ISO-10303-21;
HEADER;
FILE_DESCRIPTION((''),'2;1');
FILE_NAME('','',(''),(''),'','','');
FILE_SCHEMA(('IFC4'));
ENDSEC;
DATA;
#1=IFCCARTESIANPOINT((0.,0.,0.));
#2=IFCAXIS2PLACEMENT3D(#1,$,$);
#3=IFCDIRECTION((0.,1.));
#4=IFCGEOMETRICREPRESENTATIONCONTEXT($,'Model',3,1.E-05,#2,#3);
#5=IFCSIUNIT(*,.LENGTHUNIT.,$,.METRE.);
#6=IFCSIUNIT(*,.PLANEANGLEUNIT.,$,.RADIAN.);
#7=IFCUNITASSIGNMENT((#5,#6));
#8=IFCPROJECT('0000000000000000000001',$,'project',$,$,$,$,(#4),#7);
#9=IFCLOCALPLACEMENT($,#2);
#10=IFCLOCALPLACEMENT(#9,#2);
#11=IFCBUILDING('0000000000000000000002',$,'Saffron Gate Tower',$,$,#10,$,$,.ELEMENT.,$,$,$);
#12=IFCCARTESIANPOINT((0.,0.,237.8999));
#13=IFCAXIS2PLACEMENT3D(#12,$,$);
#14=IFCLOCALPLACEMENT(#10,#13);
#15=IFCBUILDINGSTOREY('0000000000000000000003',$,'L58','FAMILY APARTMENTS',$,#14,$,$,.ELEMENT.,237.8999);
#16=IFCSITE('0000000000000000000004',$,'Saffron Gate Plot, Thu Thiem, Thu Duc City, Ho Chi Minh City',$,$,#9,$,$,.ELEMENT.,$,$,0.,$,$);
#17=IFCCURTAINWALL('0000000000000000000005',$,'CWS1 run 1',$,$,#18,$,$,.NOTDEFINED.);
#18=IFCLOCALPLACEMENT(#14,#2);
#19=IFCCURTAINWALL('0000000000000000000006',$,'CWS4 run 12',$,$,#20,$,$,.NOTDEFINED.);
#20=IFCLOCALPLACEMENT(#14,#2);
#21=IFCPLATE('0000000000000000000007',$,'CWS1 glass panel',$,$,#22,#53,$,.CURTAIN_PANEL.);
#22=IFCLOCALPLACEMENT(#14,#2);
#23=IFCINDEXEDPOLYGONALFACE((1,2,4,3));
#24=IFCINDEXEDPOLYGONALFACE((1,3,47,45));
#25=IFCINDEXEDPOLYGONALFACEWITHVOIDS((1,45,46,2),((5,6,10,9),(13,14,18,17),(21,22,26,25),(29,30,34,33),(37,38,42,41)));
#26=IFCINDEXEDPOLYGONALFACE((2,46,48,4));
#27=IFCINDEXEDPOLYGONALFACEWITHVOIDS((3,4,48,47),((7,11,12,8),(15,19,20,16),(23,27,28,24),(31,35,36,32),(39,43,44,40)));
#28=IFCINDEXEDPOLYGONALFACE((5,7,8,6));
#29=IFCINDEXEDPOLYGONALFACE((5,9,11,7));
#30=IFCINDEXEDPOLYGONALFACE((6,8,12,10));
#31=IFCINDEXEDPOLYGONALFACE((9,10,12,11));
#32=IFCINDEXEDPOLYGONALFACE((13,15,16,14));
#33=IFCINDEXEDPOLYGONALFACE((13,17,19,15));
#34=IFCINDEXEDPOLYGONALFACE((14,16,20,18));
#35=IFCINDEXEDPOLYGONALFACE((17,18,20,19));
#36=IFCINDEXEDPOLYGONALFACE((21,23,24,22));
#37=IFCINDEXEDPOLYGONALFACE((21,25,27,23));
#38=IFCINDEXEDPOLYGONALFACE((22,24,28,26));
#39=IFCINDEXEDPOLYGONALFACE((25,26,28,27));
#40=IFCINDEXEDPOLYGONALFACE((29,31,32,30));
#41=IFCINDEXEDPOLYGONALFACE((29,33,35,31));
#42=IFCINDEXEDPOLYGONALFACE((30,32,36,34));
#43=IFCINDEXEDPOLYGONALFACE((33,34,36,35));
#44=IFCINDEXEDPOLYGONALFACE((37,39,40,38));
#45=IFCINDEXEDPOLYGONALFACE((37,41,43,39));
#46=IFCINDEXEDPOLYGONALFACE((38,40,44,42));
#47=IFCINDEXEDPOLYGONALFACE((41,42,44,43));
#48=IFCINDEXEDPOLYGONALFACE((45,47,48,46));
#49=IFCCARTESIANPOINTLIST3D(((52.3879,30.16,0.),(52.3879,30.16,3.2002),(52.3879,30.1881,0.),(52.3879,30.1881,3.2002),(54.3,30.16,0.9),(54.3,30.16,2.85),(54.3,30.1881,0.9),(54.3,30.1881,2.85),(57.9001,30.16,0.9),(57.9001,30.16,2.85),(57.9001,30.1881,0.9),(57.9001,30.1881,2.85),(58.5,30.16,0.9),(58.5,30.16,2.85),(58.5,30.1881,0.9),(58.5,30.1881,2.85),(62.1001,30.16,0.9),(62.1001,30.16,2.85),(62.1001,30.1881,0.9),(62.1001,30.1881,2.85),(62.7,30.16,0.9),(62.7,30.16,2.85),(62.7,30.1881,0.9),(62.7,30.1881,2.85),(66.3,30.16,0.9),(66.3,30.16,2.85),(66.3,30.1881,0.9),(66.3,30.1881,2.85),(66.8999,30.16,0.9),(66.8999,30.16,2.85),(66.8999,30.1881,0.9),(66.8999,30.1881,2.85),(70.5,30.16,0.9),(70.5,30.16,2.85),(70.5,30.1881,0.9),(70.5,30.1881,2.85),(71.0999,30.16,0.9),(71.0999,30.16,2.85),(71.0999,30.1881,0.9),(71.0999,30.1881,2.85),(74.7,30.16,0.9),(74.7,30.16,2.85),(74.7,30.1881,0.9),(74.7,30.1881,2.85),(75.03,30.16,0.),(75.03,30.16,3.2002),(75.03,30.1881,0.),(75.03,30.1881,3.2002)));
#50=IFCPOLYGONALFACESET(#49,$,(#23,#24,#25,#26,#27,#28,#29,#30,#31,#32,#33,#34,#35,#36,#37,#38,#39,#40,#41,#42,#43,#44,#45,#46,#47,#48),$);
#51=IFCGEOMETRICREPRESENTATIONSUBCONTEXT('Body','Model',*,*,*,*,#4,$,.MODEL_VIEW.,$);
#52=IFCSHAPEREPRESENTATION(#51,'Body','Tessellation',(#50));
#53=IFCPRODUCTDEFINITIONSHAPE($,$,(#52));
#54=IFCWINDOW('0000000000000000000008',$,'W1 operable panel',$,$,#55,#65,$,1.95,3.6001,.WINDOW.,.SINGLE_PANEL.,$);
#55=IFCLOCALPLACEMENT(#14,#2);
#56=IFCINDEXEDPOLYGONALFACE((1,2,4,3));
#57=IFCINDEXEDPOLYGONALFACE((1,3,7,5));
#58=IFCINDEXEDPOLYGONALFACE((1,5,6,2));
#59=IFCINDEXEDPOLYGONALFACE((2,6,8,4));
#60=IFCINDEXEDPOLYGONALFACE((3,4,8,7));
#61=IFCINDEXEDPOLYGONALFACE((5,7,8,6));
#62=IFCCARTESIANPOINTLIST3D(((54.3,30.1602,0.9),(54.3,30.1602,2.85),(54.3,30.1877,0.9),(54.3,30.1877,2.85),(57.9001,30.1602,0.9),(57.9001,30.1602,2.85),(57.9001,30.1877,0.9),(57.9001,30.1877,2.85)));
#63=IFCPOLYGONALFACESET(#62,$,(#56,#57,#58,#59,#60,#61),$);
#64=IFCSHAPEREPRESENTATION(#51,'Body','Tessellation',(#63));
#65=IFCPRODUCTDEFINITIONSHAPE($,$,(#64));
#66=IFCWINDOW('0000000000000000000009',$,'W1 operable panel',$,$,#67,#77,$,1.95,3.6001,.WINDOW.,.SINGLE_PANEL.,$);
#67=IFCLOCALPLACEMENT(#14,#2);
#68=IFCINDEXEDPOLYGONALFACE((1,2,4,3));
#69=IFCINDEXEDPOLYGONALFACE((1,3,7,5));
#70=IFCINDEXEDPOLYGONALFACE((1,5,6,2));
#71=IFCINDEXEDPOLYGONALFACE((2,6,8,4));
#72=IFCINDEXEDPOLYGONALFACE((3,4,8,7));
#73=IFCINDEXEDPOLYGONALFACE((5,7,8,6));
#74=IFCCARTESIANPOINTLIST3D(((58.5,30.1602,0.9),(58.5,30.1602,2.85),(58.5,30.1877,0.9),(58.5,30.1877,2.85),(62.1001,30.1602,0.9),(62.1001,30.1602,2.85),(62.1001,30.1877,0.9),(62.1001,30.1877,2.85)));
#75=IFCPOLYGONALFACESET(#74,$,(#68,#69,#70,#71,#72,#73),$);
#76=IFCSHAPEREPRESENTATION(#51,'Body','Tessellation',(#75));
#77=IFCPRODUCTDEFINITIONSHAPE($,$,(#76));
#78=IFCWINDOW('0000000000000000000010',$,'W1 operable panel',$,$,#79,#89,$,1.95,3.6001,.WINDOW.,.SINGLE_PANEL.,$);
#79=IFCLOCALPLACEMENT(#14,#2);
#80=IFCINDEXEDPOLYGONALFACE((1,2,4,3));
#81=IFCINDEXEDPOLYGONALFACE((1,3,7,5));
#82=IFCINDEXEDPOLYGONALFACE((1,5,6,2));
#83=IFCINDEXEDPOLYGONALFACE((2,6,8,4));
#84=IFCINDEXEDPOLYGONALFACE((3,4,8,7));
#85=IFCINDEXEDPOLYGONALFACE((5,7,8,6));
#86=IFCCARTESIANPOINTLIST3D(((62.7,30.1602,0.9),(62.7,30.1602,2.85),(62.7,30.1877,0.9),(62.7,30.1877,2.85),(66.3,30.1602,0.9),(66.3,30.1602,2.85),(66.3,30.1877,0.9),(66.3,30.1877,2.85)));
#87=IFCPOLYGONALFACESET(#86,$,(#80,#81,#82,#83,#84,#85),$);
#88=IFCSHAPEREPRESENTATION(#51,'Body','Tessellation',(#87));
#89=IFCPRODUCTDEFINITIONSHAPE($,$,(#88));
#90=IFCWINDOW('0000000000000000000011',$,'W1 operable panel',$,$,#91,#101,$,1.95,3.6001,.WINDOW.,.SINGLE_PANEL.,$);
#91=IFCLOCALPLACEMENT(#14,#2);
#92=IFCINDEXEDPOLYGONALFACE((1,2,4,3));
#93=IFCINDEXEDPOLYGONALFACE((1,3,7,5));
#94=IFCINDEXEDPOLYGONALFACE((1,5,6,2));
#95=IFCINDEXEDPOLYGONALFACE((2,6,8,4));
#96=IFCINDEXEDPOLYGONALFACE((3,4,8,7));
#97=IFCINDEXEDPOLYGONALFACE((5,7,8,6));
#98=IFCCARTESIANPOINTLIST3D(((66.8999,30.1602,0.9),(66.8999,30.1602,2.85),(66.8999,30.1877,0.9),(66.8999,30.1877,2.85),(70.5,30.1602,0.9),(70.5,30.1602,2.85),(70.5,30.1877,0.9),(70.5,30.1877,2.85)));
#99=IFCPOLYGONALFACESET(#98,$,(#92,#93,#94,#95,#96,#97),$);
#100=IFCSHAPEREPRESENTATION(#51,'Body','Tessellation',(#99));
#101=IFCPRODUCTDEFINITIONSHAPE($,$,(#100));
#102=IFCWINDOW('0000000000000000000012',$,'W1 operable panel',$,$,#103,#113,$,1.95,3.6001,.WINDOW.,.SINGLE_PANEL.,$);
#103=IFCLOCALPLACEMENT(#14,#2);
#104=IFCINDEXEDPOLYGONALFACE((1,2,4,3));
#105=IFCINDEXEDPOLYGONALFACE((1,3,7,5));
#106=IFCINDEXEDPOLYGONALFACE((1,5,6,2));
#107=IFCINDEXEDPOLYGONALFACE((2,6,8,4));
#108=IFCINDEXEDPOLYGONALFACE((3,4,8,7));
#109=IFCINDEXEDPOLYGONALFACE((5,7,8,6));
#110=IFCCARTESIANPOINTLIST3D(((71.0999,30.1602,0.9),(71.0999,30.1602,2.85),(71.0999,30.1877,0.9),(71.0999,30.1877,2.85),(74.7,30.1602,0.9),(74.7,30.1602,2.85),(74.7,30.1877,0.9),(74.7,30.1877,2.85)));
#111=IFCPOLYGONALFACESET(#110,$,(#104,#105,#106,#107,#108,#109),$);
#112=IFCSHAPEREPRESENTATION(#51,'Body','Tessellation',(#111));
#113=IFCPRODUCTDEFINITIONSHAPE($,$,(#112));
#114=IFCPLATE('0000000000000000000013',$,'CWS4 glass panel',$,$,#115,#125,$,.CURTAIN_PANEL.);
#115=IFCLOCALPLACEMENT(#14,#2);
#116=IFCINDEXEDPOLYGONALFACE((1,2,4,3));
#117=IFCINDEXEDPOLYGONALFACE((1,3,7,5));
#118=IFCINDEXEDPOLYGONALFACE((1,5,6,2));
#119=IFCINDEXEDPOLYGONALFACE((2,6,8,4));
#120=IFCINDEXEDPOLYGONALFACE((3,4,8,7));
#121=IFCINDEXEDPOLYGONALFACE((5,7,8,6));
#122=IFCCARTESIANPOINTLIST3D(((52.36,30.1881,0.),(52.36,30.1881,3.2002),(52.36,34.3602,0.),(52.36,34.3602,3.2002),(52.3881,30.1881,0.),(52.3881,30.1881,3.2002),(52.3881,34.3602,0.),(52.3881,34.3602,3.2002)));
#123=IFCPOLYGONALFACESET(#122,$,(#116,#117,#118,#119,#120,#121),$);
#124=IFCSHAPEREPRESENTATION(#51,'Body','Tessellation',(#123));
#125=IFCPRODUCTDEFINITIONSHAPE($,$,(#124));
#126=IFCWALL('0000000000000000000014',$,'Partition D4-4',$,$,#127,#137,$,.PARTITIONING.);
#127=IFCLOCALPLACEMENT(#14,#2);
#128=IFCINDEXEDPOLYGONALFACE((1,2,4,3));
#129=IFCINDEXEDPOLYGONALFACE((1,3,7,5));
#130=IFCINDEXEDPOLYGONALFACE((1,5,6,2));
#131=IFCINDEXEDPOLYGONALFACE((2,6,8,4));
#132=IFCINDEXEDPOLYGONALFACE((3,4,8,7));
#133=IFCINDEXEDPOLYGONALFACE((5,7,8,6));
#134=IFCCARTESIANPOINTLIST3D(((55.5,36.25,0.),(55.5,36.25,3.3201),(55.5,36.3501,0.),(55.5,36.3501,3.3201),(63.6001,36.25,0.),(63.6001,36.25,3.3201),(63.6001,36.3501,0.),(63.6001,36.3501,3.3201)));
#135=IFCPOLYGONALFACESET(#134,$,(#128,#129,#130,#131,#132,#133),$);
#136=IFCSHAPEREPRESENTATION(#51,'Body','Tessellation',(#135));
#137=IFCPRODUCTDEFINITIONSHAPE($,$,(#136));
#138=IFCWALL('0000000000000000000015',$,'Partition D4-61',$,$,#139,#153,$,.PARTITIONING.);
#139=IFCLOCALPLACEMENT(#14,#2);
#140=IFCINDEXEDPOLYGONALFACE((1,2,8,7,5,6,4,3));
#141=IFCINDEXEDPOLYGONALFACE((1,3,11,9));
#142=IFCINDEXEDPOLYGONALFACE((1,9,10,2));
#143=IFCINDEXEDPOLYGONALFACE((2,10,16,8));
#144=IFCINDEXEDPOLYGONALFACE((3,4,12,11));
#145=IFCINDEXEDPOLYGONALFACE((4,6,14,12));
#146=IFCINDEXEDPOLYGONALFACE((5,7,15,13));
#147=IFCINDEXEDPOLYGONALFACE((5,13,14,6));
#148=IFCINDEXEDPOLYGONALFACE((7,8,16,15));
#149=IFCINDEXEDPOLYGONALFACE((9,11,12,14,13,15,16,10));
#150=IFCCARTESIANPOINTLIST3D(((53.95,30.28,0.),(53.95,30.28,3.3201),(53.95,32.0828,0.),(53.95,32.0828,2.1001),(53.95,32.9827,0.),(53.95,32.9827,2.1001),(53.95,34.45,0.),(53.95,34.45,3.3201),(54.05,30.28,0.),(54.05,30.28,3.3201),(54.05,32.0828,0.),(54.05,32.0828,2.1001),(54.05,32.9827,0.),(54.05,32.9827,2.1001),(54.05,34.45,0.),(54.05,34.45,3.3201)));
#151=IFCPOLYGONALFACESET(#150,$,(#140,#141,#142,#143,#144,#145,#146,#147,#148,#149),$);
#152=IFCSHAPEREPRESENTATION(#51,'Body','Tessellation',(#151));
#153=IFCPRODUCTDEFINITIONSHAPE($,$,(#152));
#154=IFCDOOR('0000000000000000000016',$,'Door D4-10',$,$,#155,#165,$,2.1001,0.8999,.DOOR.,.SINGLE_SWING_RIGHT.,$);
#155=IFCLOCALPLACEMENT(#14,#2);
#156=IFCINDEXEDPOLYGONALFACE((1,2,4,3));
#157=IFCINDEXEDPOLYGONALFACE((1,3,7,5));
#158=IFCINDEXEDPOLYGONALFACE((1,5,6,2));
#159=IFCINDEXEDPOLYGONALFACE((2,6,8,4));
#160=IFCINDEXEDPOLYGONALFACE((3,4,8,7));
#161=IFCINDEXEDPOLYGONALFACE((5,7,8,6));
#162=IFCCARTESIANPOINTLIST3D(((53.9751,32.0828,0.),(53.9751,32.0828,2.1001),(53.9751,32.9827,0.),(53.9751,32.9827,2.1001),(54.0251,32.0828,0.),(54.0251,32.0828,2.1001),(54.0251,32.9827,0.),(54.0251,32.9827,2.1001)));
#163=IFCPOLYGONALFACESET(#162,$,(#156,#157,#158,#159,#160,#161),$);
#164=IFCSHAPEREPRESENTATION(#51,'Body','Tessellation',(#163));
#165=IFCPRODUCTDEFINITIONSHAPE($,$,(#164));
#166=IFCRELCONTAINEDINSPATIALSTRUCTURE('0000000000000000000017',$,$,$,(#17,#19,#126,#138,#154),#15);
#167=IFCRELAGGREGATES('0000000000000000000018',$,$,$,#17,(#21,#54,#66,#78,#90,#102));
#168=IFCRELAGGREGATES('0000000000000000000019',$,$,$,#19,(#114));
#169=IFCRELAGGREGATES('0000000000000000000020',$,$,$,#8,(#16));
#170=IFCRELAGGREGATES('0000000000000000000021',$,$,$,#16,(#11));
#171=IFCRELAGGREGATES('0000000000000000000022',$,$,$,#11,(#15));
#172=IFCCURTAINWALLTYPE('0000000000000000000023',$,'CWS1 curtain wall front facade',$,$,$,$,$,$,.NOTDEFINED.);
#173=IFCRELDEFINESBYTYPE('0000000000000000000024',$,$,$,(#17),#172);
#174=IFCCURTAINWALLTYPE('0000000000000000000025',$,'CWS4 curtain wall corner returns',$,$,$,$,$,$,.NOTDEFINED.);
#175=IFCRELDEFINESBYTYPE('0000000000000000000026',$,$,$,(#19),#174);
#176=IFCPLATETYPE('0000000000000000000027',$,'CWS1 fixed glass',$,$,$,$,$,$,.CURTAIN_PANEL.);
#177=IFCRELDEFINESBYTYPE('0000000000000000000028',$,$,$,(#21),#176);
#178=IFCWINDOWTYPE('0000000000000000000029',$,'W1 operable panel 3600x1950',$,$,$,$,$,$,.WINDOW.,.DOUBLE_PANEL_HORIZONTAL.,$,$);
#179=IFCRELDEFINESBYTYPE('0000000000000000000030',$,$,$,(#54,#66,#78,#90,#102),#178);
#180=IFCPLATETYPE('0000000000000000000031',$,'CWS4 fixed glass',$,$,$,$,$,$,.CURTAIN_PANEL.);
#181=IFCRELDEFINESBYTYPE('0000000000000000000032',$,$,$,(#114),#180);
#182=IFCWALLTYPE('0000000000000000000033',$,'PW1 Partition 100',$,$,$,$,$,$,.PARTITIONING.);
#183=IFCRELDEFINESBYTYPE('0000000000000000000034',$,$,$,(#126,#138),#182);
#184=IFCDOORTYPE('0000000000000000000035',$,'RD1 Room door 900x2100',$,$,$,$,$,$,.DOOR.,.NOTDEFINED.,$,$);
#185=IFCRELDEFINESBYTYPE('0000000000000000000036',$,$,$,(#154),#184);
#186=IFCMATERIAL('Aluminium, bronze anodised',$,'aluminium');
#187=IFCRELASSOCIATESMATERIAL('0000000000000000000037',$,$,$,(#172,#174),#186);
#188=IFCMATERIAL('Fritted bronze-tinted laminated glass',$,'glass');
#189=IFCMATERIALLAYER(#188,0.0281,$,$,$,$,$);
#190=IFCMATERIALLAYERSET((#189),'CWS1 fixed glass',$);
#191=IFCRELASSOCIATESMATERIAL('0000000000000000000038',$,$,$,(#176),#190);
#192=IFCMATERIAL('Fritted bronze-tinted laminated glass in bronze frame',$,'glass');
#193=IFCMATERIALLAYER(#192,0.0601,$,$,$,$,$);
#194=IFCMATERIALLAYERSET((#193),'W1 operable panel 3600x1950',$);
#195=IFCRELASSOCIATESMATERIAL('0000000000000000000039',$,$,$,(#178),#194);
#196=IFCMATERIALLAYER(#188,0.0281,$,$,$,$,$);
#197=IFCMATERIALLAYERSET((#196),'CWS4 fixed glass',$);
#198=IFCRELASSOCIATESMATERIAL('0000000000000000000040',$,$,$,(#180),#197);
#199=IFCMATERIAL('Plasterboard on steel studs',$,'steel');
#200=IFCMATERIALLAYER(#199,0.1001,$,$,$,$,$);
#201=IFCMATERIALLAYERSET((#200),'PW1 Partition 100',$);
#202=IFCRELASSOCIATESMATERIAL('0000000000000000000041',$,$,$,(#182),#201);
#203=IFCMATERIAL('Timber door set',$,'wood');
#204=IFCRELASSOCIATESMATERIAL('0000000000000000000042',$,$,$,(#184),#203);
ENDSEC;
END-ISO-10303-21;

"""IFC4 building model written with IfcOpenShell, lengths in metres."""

from ifc_helpers import new_model, si_unit, direction, frame, frame_2d, origin, place, context, subcontext, project, spatial, rectangle, extrude, material, layer, layer_set, type_object, element, fill, aggregate, save


model = new_model("IFC4")

# Units and contexts
model_context = context("Model", 3, precision=1e-05, world=origin(), true_north=direction((0.0, 1.0)))
body_context = subcontext(model_context, "Body", "Model", "MODEL_VIEW")
ifc_project = project(units=[si_unit("LENGTHUNIT", "METRE"), si_unit("PLANEANGLEUNIT", "RADIAN")], contexts=[model_context])

# Site, building, storey
site_placement = place(None, origin())
site = spatial("IfcSite", under=ifc_project, at=site_placement, Name="Saffron Gate Plot, Thu Thiem, Thu Duc City, Ho Chi Minh City", CompositionType="ELEMENT", RefElevation=0.0)
building_placement = place(site_placement, origin())
building = spatial("IfcBuilding", under=site, at=building_placement, Name="Saffron Gate Tower", CompositionType="ELEMENT")
storey_placement = place(building_placement, frame((0.0, 0.0, 237.8999)))
storey = spatial("IfcBuildingStorey", under=building, at=storey_placement, Name="L58", Description="FAMILY APARTMENTS", CompositionType="ELEMENT", Elevation=237.8999)

# Curtain walls
ifc_material_1 = material(Name="Aluminium, bronze anodised", Category="aluminium")
curtain_wall_type_1 = type_object("IfcCurtainWallType", Name="CWS1 curtain wall front facade", PredefinedType="NOTDEFINED", material=ifc_material_1)
curtain_wall_1_placement = place(storey_placement, origin())
curtain_wall_1 = element("IfcCurtainWall", 1, at=curtain_wall_1_placement, inside=storey, type_object=curtain_wall_type_1, Name="CWS1 run 1", PredefinedType="NOTDEFINED")
curtain_wall_type_2 = type_object("IfcCurtainWallType", Name="CWS4 curtain wall corner returns", PredefinedType="NOTDEFINED", material=ifc_material_1)
curtain_wall_2_placement = place(storey_placement, origin())
curtain_wall_2 = element("IfcCurtainWall", 2, at=curtain_wall_2_placement, inside=storey, type_object=curtain_wall_type_2, Name="CWS4 run 12", PredefinedType="NOTDEFINED")

# Plate, openings, windows
ifc_material_2 = material(Name="Fritted bronze-tinted laminated glass", Category="glass")
ifc_layer_1 = layer(ifc_material_2, 0.0281)
ifc_layer_set_1 = layer_set([ifc_layer_1], Name="CWS1 fixed glass")
plate_type_1 = type_object("IfcPlateType", Name="CWS1 fixed glass", PredefinedType="CURTAIN_PANEL", material=ifc_layer_set_1)
plate_1_placement = place(storey_placement, frame((52.3879, 30.1741, 0.0), z_axis=(0.0, 0.0, 1.0), x_axis=(1.0, 0.0, 0.0)))
plate_1 = element("IfcPlate", 3, at=plate_1_placement, type_object=plate_type_1, Name="CWS1 glass panel", PredefinedType="CURTAIN_PANEL", context=body_context, shape_type="SweptSolid", body=[
    extrude(rectangle(XDim=22.6421, YDim=0.0281, at=frame_2d((11.321, 0.0))), origin(), (0.0, 0.0, 1.0), 3.2002),
])
opening_1_placement = place(plate_1_placement, frame((1.9121, 0.0, 0.8999)))
opening_1 = element("IfcOpeningElement", 4, at=opening_1_placement, cuts=plate_1, PredefinedType="OPENING", context=body_context, shape_type="SweptSolid", body=[
    extrude(rectangle(XDim=3.6001, YDim=1.95, at=frame_2d((1.8, 0.9751))), frame((0.0, 0.0239, 0.0), z_axis=(0.0, -1.0, 0.0), x_axis=(1.0, 0.0, 0.0)), (0.0, 0.0, 1.0), 0.0481),
])
opening_2_placement = place(plate_1_placement, frame((6.1121, 0.0, 0.8999)))
opening_2 = element("IfcOpeningElement", 5, at=opening_2_placement, cuts=plate_1, PredefinedType="OPENING", context=body_context, shape_type="SweptSolid", body=[
    extrude(rectangle(XDim=3.6001, YDim=1.95, at=frame_2d((1.8, 0.9751))), frame((0.0, 0.0239, 0.0), z_axis=(0.0, -1.0, 0.0), x_axis=(1.0, 0.0, 0.0)), (0.0, 0.0, 1.0), 0.0481),
])
opening_3_placement = place(plate_1_placement, frame((10.312, 0.0, 0.8999)))
opening_3 = element("IfcOpeningElement", 6, at=opening_3_placement, cuts=plate_1, PredefinedType="OPENING", context=body_context, shape_type="SweptSolid", body=[
    extrude(rectangle(XDim=3.6001, YDim=1.95, at=frame_2d((1.8, 0.9751))), frame((0.0, 0.0239, 0.0), z_axis=(0.0, -1.0, 0.0), x_axis=(1.0, 0.0, 0.0)), (0.0, 0.0, 1.0), 0.0481),
])
opening_4_placement = place(plate_1_placement, frame((14.512, 0.0, 0.8999)))
opening_4 = element("IfcOpeningElement", 7, at=opening_4_placement, cuts=plate_1, PredefinedType="OPENING", context=body_context, shape_type="SweptSolid", body=[
    extrude(rectangle(XDim=3.6001, YDim=1.95, at=frame_2d((1.8, 0.9751))), frame((0.0, 0.0239, 0.0), z_axis=(0.0, -1.0, 0.0), x_axis=(1.0, 0.0, 0.0)), (0.0, 0.0, 1.0), 0.0481),
])
opening_5_placement = place(plate_1_placement, frame((18.7119, 0.0, 0.8999)))
opening_5 = element("IfcOpeningElement", 8, at=opening_5_placement, cuts=plate_1, PredefinedType="OPENING", context=body_context, shape_type="SweptSolid", body=[
    extrude(rectangle(XDim=3.6001, YDim=1.95, at=frame_2d((1.8, 0.9751))), frame((0.0, 0.0239, 0.0), z_axis=(0.0, -1.0, 0.0), x_axis=(1.0, 0.0, 0.0)), (0.0, 0.0, 1.0), 0.0481),
])
ifc_material_3 = material(Name="Fritted bronze-tinted laminated glass in bronze frame", Category="glass")
ifc_layer_2 = layer(ifc_material_3, 0.0601)
ifc_layer_set_2 = layer_set([ifc_layer_2], Name="W1 operable panel 3600x1950")
window_type = type_object("IfcWindowType", Name="W1 operable panel 3600x1950", PartitioningType="DOUBLE_PANEL_HORIZONTAL", PredefinedType="WINDOW", material=ifc_layer_set_2)
window_1_placement = place(opening_1_placement, origin())
window_1 = element("IfcWindow", 9, at=window_1_placement, type_object=window_type, Name="W1 operable panel", OverallHeight=1.95, OverallWidth=3.6001, PartitioningType="SINGLE_PANEL", PredefinedType="WINDOW", context=body_context, shape_type="SweptSolid", body=[
    extrude(rectangle(XDim=3.6001, YDim=1.95, at=frame_2d((1.8, 0.9751))), frame((0.0, 0.0137, 0.0), z_axis=(0.0, -1.0, 0.0), x_axis=(1.0, 0.0, 0.0)), (0.0, 0.0, 1.0), 0.0276),
])
fill(opening_1, window_1)
window_2_placement = place(opening_2_placement, origin())
window_2 = element("IfcWindow", 10, at=window_2_placement, type_object=window_type, Name="W1 operable panel", OverallHeight=1.95, OverallWidth=3.6001, PartitioningType="SINGLE_PANEL", PredefinedType="WINDOW", context=body_context, shape_type="SweptSolid", body=[
    extrude(rectangle(XDim=3.6001, YDim=1.95, at=frame_2d((1.8, 0.9751))), frame((0.0, 0.0137, 0.0), z_axis=(0.0, -1.0, 0.0), x_axis=(1.0, 0.0, 0.0)), (0.0, 0.0, 1.0), 0.0276),
])
fill(opening_2, window_2)
window_3_placement = place(opening_3_placement, origin())
window_3 = element("IfcWindow", 11, at=window_3_placement, type_object=window_type, Name="W1 operable panel", OverallHeight=1.95, OverallWidth=3.6001, PartitioningType="SINGLE_PANEL", PredefinedType="WINDOW", context=body_context, shape_type="SweptSolid", body=[
    extrude(rectangle(XDim=3.6001, YDim=1.95, at=frame_2d((1.8, 0.9751))), frame((0.0, 0.0137, 0.0), z_axis=(0.0, -1.0, 0.0), x_axis=(1.0, 0.0, 0.0)), (0.0, 0.0, 1.0), 0.0276),
])
fill(opening_3, window_3)
window_4_placement = place(opening_4_placement, origin())
window_4 = element("IfcWindow", 12, at=window_4_placement, type_object=window_type, Name="W1 operable panel", OverallHeight=1.95, OverallWidth=3.6001, PartitioningType="SINGLE_PANEL", PredefinedType="WINDOW", context=body_context, shape_type="SweptSolid", body=[
    extrude(rectangle(XDim=3.6001, YDim=1.95, at=frame_2d((1.8, 0.9751))), frame((0.0, 0.0137, 0.0), z_axis=(0.0, -1.0, 0.0), x_axis=(1.0, 0.0, 0.0)), (0.0, 0.0, 1.0), 0.0276),
])
fill(opening_4, window_4)
window_5_placement = place(opening_5_placement, origin())
window_5 = element("IfcWindow", 13, at=window_5_placement, type_object=window_type, Name="W1 operable panel", OverallHeight=1.95, OverallWidth=3.6001, PartitioningType="SINGLE_PANEL", PredefinedType="WINDOW", context=body_context, shape_type="SweptSolid", body=[
    extrude(rectangle(XDim=3.6001, YDim=1.95, at=frame_2d((1.8, 0.9751))), frame((0.0, 0.0137, 0.0), z_axis=(0.0, -1.0, 0.0), x_axis=(1.0, 0.0, 0.0)), (0.0, 0.0, 1.0), 0.0276),
])
fill(opening_5, window_5)
aggregate(curtain_wall_1, [plate_1, window_1, window_2, window_3, window_4, window_5])

# Plate
ifc_layer_3 = layer(ifc_material_2, 0.0281)
ifc_layer_set_3 = layer_set([ifc_layer_3], Name="CWS4 fixed glass")
plate_type_2 = type_object("IfcPlateType", Name="CWS4 fixed glass", PredefinedType="CURTAIN_PANEL", material=ifc_layer_set_3)
plate_2_placement = place(storey_placement, frame((52.374, 34.3601, 0.0), z_axis=(0.0, 0.0, 1.0), x_axis=(0.0, -1.0, 0.0)))
plate_2 = element("IfcPlate", 14, at=plate_2_placement, type_object=plate_type_2, Name="CWS4 glass panel", PredefinedType="CURTAIN_PANEL", context=body_context, shape_type="SweptSolid", body=[
    extrude(rectangle(XDim=4.1721, YDim=0.0281, at=frame_2d((2.0859, 0.0))), origin(), (0.0, 0.0, 1.0), 3.2002),
])
aggregate(curtain_wall_2, [plate_2])

# Wall
ifc_material_4 = material(Name="Plasterboard on steel studs", Category="steel")
ifc_layer_4 = layer(ifc_material_4, 0.1001)
ifc_layer_set_4 = layer_set([ifc_layer_4], Name="PW1 Partition 100")
wall_type = type_object("IfcWallType", Name="PW1 Partition 100", PredefinedType="PARTITIONING", material=ifc_layer_set_4)
wall_1_placement = place(storey_placement, frame((55.5, 36.3, 0.0), z_axis=(0.0, 0.0, 1.0), x_axis=(1.0, 0.0, 0.0)))
element("IfcWall", 15, at=wall_1_placement, inside=storey, type_object=wall_type, Name="Partition D4-4", PredefinedType="PARTITIONING", context=body_context, shape_type="SweptSolid", body=[
    extrude(rectangle(XDim=8.1001, YDim=0.1001, at=frame_2d((4.05, 0.0))), origin(), (0.0, 0.0, 1.0), 3.3201),
])

# Wall, opening, door
wall_2_placement = place(storey_placement, frame((54.0, 30.28, 0.0), z_axis=(0.0, 0.0, 1.0), x_axis=(0.0, 1.0, 0.0)))
wall_2 = element("IfcWall", 16, at=wall_2_placement, inside=storey, type_object=wall_type, Name="Partition D4-61", PredefinedType="PARTITIONING", context=body_context, shape_type="SweptSolid", body=[
    extrude(rectangle(XDim=4.1699, YDim=0.1001, at=frame_2d((2.085, 0.0))), origin(), (0.0, 0.0, 1.0), 3.3201),
])
opening_6_placement = place(wall_2_placement, frame((1.8027, 0.0, 0.0)))
opening_6 = element("IfcOpeningElement", 17, at=opening_6_placement, cuts=wall_2, PredefinedType="OPENING", context=body_context, shape_type="SweptSolid", body=[
    extrude(rectangle(XDim=0.8999, YDim=2.1001, at=frame_2d((0.45, 1.05))), frame((0.0, 0.0601, 0.0), z_axis=(0.0, -1.0, 0.0), x_axis=(1.0, 0.0, 0.0)), (0.0, 0.0, 1.0), 0.1201),
])
ifc_material_5 = material(Name="Timber door set", Category="wood")
door_type = type_object("IfcDoorType", Name="RD1 Room door 900x2100", OperationType="NOTDEFINED", PredefinedType="DOOR", material=ifc_material_5)
door_placement = place(opening_6_placement, origin())
door = element("IfcDoor", 18, at=door_placement, inside=storey, type_object=door_type, Name="Door D4-10", OperationType="SINGLE_SWING_RIGHT", OverallHeight=2.1001, OverallWidth=0.8999, PredefinedType="DOOR", context=body_context, shape_type="SweptSolid", body=[
    extrude(rectangle(XDim=0.8999, YDim=2.1001, at=frame_2d((0.45, 1.05))), frame((0.0, 0.0249, 0.0), z_axis=(0.0, -1.0, 0.0), x_axis=(1.0, 0.0, 0.0)), (0.0, 0.0, 1.0), 0.05),
])
fill(opening_6, door)

save(model, "model.ifc")
